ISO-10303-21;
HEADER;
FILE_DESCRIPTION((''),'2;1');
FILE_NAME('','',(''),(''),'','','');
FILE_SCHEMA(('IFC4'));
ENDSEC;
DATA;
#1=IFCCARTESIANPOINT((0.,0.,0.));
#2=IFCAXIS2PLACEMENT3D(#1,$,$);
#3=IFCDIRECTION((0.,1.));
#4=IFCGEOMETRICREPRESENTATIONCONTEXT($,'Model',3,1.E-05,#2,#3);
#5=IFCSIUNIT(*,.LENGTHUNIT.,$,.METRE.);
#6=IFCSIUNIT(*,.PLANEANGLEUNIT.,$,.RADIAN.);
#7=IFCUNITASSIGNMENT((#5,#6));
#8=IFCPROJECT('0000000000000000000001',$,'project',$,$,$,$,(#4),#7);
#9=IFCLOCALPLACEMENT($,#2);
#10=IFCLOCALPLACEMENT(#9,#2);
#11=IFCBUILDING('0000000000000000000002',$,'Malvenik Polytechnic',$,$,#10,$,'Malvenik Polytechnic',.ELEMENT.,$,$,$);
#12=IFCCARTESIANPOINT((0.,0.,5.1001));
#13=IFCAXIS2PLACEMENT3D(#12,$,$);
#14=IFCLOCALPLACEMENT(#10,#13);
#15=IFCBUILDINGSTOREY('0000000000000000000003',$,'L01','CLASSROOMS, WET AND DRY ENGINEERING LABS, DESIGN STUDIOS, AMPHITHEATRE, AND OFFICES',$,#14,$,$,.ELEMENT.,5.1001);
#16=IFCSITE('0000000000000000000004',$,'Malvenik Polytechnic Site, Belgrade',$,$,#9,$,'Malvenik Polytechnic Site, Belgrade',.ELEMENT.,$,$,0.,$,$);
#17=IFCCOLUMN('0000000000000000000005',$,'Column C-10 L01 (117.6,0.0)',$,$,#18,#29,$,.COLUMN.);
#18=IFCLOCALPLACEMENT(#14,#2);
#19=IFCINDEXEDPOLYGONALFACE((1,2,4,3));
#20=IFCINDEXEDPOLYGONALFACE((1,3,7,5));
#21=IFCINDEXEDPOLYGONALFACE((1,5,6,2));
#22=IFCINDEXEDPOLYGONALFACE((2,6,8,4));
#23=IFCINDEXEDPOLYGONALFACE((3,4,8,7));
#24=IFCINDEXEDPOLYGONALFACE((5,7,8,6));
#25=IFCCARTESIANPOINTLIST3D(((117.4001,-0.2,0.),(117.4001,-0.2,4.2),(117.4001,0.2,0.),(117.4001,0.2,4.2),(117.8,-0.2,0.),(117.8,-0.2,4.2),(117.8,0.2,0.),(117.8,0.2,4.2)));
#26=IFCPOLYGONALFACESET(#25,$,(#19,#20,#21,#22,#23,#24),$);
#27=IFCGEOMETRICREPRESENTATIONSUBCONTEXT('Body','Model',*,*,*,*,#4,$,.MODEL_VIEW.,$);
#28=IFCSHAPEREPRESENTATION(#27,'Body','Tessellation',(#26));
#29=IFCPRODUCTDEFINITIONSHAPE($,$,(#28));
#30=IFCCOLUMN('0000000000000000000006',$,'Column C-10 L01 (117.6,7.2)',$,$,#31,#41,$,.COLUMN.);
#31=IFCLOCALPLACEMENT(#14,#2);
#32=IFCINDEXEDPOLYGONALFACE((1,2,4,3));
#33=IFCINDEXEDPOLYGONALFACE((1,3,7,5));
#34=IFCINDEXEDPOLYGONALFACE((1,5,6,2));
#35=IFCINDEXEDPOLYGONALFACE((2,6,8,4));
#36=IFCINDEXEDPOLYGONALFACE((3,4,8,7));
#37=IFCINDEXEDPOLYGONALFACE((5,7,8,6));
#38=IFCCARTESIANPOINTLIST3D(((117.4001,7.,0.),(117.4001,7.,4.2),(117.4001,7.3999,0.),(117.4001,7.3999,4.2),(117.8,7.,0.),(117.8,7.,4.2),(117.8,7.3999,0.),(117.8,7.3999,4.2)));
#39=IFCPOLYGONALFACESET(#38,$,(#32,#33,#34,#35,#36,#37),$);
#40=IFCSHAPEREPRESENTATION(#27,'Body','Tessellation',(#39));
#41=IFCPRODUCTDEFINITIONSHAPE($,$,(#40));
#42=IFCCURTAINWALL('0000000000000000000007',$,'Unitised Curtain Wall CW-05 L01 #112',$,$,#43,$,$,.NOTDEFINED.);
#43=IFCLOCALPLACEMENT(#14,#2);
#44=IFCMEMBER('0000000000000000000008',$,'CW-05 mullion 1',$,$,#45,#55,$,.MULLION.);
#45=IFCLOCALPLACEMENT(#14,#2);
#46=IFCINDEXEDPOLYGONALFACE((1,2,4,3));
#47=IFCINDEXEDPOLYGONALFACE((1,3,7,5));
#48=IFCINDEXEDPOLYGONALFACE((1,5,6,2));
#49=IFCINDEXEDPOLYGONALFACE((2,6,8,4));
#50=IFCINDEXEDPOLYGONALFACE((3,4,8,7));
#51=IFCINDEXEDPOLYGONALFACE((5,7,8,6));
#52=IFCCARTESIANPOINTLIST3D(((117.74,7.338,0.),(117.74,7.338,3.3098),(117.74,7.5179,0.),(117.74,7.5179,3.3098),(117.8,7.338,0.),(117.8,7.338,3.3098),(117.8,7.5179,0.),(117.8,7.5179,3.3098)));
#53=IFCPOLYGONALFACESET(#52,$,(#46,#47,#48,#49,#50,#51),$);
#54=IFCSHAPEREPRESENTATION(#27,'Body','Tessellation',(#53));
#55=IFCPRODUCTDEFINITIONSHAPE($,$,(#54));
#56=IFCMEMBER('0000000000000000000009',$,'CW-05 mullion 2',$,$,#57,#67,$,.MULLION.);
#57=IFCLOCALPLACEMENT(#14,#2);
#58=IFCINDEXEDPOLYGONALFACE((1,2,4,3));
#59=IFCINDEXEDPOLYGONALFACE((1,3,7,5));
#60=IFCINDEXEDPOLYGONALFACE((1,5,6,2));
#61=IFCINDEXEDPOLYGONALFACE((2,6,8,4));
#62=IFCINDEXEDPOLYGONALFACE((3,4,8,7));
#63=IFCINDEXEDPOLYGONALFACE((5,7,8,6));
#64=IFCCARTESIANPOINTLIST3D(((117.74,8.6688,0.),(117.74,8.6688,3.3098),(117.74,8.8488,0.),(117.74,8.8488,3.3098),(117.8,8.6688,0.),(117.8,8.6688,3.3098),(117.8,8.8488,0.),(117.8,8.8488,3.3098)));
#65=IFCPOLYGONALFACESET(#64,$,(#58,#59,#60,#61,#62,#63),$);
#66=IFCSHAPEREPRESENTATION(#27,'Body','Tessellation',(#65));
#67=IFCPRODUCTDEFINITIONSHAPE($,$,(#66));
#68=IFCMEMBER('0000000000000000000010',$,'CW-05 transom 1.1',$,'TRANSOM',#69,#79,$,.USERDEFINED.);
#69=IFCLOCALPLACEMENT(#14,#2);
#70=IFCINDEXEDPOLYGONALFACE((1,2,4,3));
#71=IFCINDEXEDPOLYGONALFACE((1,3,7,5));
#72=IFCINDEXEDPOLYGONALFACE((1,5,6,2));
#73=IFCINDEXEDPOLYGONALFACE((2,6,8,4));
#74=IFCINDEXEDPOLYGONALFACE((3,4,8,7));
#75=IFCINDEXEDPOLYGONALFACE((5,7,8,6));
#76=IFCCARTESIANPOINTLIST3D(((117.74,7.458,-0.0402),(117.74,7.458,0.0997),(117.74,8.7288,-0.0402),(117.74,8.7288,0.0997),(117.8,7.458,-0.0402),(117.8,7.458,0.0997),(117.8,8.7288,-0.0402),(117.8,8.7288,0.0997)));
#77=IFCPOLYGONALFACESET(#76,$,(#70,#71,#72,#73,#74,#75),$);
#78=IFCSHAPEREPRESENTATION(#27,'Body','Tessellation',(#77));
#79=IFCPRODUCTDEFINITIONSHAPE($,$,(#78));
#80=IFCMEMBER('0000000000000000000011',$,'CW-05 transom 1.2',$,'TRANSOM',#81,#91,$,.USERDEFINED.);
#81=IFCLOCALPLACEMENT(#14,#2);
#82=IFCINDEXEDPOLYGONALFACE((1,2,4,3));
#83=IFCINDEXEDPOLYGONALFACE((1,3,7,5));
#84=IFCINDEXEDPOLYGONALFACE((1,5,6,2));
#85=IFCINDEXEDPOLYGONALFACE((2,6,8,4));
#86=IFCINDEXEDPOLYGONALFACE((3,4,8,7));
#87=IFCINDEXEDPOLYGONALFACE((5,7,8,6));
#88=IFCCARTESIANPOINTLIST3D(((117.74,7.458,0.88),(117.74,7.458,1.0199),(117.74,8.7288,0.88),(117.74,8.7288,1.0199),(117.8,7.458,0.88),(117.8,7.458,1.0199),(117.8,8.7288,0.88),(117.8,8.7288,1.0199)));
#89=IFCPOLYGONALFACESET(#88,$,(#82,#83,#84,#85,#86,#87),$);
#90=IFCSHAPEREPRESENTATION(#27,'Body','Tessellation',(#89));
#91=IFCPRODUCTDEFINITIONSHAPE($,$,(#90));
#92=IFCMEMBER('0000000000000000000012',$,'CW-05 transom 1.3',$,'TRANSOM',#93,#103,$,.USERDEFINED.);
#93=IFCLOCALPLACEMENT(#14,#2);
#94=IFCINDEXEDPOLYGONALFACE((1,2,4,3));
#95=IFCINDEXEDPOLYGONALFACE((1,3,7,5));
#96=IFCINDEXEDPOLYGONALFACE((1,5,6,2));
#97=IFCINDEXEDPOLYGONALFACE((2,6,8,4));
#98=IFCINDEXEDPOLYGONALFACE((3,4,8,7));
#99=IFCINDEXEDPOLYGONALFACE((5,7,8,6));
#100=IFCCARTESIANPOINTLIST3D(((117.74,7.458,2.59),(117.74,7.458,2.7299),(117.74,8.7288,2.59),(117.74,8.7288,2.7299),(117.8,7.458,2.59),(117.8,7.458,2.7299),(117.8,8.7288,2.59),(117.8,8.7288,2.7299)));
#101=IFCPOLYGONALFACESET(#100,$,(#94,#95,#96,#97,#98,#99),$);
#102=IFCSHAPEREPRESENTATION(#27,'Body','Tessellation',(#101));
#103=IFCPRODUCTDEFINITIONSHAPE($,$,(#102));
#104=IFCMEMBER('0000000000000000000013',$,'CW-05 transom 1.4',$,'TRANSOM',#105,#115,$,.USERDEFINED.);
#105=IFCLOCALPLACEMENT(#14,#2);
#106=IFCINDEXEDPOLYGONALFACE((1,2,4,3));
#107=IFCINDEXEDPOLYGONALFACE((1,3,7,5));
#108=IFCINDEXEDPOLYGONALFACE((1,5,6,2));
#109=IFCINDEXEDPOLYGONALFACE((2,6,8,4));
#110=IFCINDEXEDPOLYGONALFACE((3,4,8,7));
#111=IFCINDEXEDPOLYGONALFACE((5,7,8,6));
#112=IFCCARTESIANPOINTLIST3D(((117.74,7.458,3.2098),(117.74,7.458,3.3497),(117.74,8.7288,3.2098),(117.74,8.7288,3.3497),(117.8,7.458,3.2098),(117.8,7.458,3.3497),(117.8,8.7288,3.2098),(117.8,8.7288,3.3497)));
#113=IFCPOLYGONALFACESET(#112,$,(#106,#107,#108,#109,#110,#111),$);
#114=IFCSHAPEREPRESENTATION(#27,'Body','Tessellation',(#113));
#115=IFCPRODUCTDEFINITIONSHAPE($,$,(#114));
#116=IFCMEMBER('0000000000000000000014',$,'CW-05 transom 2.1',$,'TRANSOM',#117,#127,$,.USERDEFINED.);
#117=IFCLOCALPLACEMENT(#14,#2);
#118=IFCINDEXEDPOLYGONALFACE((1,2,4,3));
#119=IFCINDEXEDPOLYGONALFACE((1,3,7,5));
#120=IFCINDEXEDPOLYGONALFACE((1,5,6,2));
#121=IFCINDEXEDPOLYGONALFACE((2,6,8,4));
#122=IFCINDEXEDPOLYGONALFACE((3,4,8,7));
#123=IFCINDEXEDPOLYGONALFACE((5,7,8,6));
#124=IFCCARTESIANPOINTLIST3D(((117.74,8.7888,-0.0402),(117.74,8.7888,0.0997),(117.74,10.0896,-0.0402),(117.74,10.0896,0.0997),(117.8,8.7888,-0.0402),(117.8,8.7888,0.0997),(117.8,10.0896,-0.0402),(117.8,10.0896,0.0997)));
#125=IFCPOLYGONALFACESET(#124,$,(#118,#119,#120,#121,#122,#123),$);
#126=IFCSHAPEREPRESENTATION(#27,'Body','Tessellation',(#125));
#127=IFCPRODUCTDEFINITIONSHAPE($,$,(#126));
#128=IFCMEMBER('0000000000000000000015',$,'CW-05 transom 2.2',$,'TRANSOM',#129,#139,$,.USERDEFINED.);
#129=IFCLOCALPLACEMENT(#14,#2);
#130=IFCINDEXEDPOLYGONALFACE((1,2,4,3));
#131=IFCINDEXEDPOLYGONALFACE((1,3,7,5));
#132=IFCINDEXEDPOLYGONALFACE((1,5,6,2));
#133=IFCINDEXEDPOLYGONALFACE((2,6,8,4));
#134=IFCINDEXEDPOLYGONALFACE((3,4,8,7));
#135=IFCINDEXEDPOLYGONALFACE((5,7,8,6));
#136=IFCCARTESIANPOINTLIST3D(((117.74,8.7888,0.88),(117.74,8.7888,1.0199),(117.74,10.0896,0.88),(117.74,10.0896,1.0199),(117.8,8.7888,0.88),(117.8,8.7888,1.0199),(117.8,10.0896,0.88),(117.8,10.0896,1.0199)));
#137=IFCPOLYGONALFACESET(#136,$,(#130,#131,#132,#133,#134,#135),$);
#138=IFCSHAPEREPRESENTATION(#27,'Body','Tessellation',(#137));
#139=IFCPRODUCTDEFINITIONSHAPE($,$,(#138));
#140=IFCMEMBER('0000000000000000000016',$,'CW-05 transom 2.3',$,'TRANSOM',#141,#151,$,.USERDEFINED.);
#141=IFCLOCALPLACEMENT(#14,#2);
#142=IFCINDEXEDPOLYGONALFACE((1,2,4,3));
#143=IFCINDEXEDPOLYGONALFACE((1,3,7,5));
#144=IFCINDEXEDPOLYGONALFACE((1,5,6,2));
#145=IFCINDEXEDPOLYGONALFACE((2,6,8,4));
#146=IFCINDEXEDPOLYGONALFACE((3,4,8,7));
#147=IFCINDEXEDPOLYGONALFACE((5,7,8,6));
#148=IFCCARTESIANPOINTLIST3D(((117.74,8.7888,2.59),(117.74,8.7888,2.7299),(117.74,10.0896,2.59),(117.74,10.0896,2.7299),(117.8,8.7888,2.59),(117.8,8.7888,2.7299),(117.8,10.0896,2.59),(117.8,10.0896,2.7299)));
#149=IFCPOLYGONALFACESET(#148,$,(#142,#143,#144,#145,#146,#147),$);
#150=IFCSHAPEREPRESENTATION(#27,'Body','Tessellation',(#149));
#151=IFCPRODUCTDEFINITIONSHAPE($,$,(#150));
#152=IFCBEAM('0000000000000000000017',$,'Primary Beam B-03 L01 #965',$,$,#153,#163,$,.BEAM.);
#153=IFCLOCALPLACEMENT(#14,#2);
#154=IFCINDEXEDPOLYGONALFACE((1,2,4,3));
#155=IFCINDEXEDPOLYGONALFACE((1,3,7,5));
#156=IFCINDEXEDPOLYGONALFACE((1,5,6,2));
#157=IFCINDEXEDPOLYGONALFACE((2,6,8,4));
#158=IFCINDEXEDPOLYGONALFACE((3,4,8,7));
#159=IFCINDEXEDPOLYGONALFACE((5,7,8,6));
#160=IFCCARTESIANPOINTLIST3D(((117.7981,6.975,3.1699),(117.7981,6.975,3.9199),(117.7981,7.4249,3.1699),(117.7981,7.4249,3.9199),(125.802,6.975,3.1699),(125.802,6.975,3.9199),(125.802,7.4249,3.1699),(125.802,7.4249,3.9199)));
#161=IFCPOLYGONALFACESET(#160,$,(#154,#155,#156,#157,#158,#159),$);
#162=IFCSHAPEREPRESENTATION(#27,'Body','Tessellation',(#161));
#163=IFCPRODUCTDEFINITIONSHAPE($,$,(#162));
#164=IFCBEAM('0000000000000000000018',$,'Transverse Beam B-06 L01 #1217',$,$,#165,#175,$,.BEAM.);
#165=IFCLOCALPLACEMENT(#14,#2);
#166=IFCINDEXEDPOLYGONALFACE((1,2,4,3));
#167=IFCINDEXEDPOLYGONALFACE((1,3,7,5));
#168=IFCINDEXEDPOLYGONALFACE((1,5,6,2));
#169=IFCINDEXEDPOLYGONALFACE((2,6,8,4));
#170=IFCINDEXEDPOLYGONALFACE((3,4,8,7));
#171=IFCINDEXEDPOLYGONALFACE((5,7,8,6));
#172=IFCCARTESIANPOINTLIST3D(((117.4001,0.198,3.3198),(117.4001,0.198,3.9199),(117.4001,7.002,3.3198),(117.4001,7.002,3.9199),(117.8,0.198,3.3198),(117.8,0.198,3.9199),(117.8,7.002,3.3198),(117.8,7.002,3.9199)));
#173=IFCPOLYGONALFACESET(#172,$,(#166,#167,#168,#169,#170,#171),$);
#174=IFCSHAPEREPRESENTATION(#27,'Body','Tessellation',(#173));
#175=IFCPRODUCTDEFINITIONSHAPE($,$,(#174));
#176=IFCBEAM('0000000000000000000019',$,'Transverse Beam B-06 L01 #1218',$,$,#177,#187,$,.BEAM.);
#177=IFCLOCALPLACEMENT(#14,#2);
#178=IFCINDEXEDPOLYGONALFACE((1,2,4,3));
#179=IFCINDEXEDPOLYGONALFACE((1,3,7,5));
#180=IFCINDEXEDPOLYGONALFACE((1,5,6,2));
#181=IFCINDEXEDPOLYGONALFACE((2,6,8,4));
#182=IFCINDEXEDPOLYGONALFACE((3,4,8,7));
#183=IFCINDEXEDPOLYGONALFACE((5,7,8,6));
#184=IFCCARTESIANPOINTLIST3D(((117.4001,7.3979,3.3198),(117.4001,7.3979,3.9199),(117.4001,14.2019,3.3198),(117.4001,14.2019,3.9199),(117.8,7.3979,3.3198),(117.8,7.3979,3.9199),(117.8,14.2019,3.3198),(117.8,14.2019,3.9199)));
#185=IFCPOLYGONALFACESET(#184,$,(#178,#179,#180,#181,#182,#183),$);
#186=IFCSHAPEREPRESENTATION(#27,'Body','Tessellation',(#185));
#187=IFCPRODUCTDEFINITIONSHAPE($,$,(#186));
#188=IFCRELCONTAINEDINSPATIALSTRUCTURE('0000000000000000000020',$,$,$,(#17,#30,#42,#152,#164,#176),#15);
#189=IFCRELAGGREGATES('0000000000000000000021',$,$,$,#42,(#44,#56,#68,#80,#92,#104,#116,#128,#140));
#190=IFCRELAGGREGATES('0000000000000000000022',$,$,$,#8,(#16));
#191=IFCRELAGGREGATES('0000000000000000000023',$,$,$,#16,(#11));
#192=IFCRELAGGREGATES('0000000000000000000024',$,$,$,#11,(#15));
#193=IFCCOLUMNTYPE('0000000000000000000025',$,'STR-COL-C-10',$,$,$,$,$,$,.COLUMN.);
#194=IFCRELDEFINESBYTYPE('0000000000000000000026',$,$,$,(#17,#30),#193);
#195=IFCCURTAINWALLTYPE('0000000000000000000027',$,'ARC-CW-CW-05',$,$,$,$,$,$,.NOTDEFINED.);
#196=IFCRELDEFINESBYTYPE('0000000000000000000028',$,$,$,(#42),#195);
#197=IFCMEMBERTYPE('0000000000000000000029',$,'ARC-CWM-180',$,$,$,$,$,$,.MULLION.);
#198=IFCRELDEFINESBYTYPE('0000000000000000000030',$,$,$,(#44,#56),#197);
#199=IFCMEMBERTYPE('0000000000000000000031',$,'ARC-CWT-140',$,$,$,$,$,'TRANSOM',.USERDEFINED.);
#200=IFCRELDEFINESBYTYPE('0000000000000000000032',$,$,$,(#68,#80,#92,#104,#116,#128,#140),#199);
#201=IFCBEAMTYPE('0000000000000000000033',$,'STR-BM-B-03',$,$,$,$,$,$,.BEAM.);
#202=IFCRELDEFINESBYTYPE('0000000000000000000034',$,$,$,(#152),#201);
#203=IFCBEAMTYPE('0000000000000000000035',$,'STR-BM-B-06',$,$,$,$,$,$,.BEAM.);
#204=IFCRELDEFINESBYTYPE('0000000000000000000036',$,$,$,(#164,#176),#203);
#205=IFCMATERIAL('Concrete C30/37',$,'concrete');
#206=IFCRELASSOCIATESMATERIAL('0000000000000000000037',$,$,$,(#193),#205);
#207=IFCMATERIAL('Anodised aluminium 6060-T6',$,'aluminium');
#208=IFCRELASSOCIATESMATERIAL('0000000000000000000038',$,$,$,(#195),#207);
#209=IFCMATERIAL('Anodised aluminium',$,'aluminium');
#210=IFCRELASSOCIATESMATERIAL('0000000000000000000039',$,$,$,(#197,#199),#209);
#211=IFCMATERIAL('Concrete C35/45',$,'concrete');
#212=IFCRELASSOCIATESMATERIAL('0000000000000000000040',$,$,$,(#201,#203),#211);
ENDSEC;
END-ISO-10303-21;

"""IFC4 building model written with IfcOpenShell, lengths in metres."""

from ifc_helpers import new_model, si_unit, direction, frame, origin, origin_2d, place, context, subcontext, project, spatial, rectangle, extrude, material, material_profile, profile_set, type_object, element, aggregate, save


model = new_model("IFC4")

# Units and contexts
model_context = context("Model", 3, precision=1e-05, world=origin(), true_north=direction((0.0, 1.0)))
body_context = subcontext(model_context, "Body", "Model", "MODEL_VIEW")
ifc_project = project(units=[si_unit("LENGTHUNIT", "METRE"), si_unit("PLANEANGLEUNIT", "RADIAN")], contexts=[model_context])

# Site, building, storey
site_placement = place(None, origin())
site = spatial("IfcSite", under=ifc_project, at=site_placement, Name="Malvenik Polytechnic Site, Belgrade", LongName="Malvenik Polytechnic Site, Belgrade", CompositionType="ELEMENT", RefElevation=0.0)
building_placement = place(site_placement, origin())
building = spatial("IfcBuilding", under=site, at=building_placement, Name="Malvenik Polytechnic", LongName="Malvenik Polytechnic", CompositionType="ELEMENT")
storey_placement = place(building_placement, frame((0.0, 0.0, 5.1001)))
storey = spatial("IfcBuildingStorey", under=building, at=storey_placement, Name="L01", Description="CLASSROOMS, WET AND DRY ENGINEERING LABS, DESIGN STUDIOS, AMPHITHEATRE, AND OFFICES", CompositionType="ELEMENT", Elevation=5.1001)

# Columns
ifc_material_1 = material(Name="Concrete C30/37", Category="concrete")
ifc_material_profile_1 = material_profile(ifc_material_1, rectangle(XDim=0.3999, YDim=0.3999, at=origin_2d()), Name="RC COL 400x400")
ifc_profile_set_1 = profile_set([ifc_material_profile_1], Name="Concrete C30/37")
column_type = type_object("IfcColumnType", Name="STR-COL-C-10", PredefinedType="COLUMN", material=ifc_profile_set_1)
for number, where, z_axis, x_axis, name in (
    (1, (117.6001, 0.0, 0.0), (0.0, 0.0, 1.0), (1.0, 0.0, 0.0), "Column C-10 L01 (117.6,0.0)"),
    (2, (117.6001, 7.2, 0.0), (0.0, 0.0, 1.0), (1.0, 0.0, 0.0), "Column C-10 L01 (117.6,7.2)"),
):
    element("IfcColumn", number, at=place(storey_placement, frame(where, z_axis=z_axis, x_axis=x_axis)), inside=storey, type_object=column_type, Name=name, PredefinedType="COLUMN", context=body_context, shape_type="SweptSolid", body=[
        extrude(rectangle(XDim=0.3999, YDim=0.3999, at=origin_2d()), origin(), (0.0, 0.0, 1.0), 4.2),
    ])

# Curtain wall, members
ifc_material_2 = material(Name="Anodised aluminium 6060-T6", Category="aluminium")
curtain_wall_type = type_object("IfcCurtainWallType", Name="ARC-CW-CW-05", PredefinedType="NOTDEFINED", material=ifc_material_2)
curtain_wall_placement = place(storey_placement, origin())
curtain_wall = element("IfcCurtainWall", 3, at=curtain_wall_placement, inside=storey, type_object=curtain_wall_type, Name="Unitised Curtain Wall CW-05 L01 #112", PredefinedType="NOTDEFINED")
ifc_material_3 = material(Name="Anodised aluminium", Category="aluminium")
ifc_material_profile_2 = material_profile(ifc_material_3, rectangle(XDim=0.0601, YDim=0.1799, at=origin_2d()), Name="ALU MULLION 60x180")
ifc_profile_set_2 = profile_set([ifc_material_profile_2], Name="Anodised aluminium")
member_type_1 = type_object("IfcMemberType", Name="ARC-CWM-180", PredefinedType="MULLION", material=ifc_profile_set_2)
member_1_placement = place(storey_placement, frame((117.77, 7.428, 0.0), z_axis=(0.0, 0.0, 1.0), x_axis=(-1.0, 0.0, 0.0)))
member_1 = element("IfcMember", 4, at=member_1_placement, type_object=member_type_1, Name="CW-05 mullion 1", PredefinedType="MULLION", context=body_context, shape_type="SweptSolid", body=[
    extrude(rectangle(XDim=0.0601, YDim=0.1799, at=origin_2d()), origin(), (0.0, 0.0, 1.0), 3.3098),
])
member_2_placement = place(storey_placement, frame((117.77, 8.7588, 0.0), z_axis=(0.0, 0.0, 1.0), x_axis=(-1.0, 0.0, 0.0)))
member_2 = element("IfcMember", 5, at=member_2_placement, type_object=member_type_1, Name="CW-05 mullion 2", PredefinedType="MULLION", context=body_context, shape_type="SweptSolid", body=[
    extrude(rectangle(XDim=0.0601, YDim=0.1799, at=origin_2d()), origin(), (0.0, 0.0, 1.0), 3.3098),
])
ifc_material_profile_3 = material_profile(ifc_material_3, rectangle(XDim=0.0601, YDim=0.1399, at=origin_2d()), Name="ALU TRANSOM 60x140")
ifc_profile_set_3 = profile_set([ifc_material_profile_3], Name="Anodised aluminium")
member_type_2 = type_object("IfcMemberType", Name="ARC-CWT-140", ElementType="TRANSOM", PredefinedType="USERDEFINED", material=ifc_profile_set_3)
member_3_placement = place(storey_placement, frame((117.77, 7.458, 0.0298), z_axis=(0.0, 1.0, 0.0), x_axis=(-1.0, 0.0, 0.0)))
member_3 = element("IfcMember", 6, at=member_3_placement, type_object=member_type_2, Name="CW-05 transom 1.1", ObjectType="TRANSOM", PredefinedType="USERDEFINED", context=body_context, shape_type="SweptSolid", body=[
    extrude(rectangle(XDim=0.0601, YDim=0.1399, at=origin_2d()), origin(), (0.0, 0.0, 1.0), 1.2708),
])
member_4_placement = place(storey_placement, frame((117.77, 7.458, 0.95), z_axis=(0.0, 1.0, 0.0), x_axis=(-1.0, 0.0, 0.0)))
member_4 = element("IfcMember", 7, at=member_4_placement, type_object=member_type_2, Name="CW-05 transom 1.2", ObjectType="TRANSOM", PredefinedType="USERDEFINED", context=body_context, shape_type="SweptSolid", body=[
    extrude(rectangle(XDim=0.0601, YDim=0.1399, at=origin_2d()), origin(), (0.0, 0.0, 1.0), 1.2708),
])
member_5_placement = place(storey_placement, frame((117.77, 7.458, 2.6599), z_axis=(0.0, 1.0, 0.0), x_axis=(-1.0, 0.0, 0.0)))
member_5 = element("IfcMember", 8, at=member_5_placement, type_object=member_type_2, Name="CW-05 transom 1.3", ObjectType="TRANSOM", PredefinedType="USERDEFINED", context=body_context, shape_type="SweptSolid", body=[
    extrude(rectangle(XDim=0.0601, YDim=0.1399, at=origin_2d()), origin(), (0.0, 0.0, 1.0), 1.2708),
])
member_6_placement = place(storey_placement, frame((117.77, 7.458, 3.2798), z_axis=(0.0, 1.0, 0.0), x_axis=(-1.0, 0.0, 0.0)))
member_6 = element("IfcMember", 9, at=member_6_placement, type_object=member_type_2, Name="CW-05 transom 1.4", ObjectType="TRANSOM", PredefinedType="USERDEFINED", context=body_context, shape_type="SweptSolid", body=[
    extrude(rectangle(XDim=0.0601, YDim=0.1399, at=origin_2d()), origin(), (0.0, 0.0, 1.0), 1.2708),
])
member_7_placement = place(storey_placement, frame((117.77, 8.7888, 0.0298), z_axis=(0.0, 1.0, 0.0), x_axis=(-1.0, 0.0, 0.0)))
member_7 = element("IfcMember", 10, at=member_7_placement, type_object=member_type_2, Name="CW-05 transom 2.1", ObjectType="TRANSOM", PredefinedType="USERDEFINED", context=body_context, shape_type="SweptSolid", body=[
    extrude(rectangle(XDim=0.0601, YDim=0.1399, at=origin_2d()), origin(), (0.0, 0.0, 1.0), 1.3008),
])
member_8_placement = place(storey_placement, frame((117.77, 8.7888, 0.95), z_axis=(0.0, 1.0, 0.0), x_axis=(-1.0, 0.0, 0.0)))
member_8 = element("IfcMember", 11, at=member_8_placement, type_object=member_type_2, Name="CW-05 transom 2.2", ObjectType="TRANSOM", PredefinedType="USERDEFINED", context=body_context, shape_type="SweptSolid", body=[
    extrude(rectangle(XDim=0.0601, YDim=0.1399, at=origin_2d()), origin(), (0.0, 0.0, 1.0), 1.3008),
])
member_9_placement = place(storey_placement, frame((117.77, 8.7888, 2.6599), z_axis=(0.0, 1.0, 0.0), x_axis=(-1.0, 0.0, 0.0)))
member_9 = element("IfcMember", 12, at=member_9_placement, type_object=member_type_2, Name="CW-05 transom 2.3", ObjectType="TRANSOM", PredefinedType="USERDEFINED", context=body_context, shape_type="SweptSolid", body=[
    extrude(rectangle(XDim=0.0601, YDim=0.1399, at=origin_2d()), origin(), (0.0, 0.0, 1.0), 1.3008),
])

# Beams
ifc_material_4 = material(Name="Concrete C35/45", Category="concrete")
ifc_material_profile_4 = material_profile(ifc_material_4, rectangle(XDim=0.45, YDim=0.75, at=origin_2d()), Name="RC BM 450x750")
ifc_profile_set_4 = profile_set([ifc_material_profile_4], Name="Concrete C35/45")
beam_type_1 = type_object("IfcBeamType", Name="STR-BM-B-03", PredefinedType="BEAM", material=ifc_profile_set_4)
beam_1_placement = place(storey_placement, frame((117.7981, 7.2, 3.5449), z_axis=(1.0, 0.0, 0.0), x_axis=(0.0, 1.0, 0.0)))
element("IfcBeam", 13, at=beam_1_placement, inside=storey, type_object=beam_type_1, Name="Primary Beam B-03 L01 #965", PredefinedType="BEAM", context=body_context, shape_type="SweptSolid", body=[
    extrude(rectangle(XDim=0.45, YDim=0.75, at=origin_2d()), origin(), (0.0, 0.0, 1.0), 8.0039),
])
ifc_material_profile_5 = material_profile(ifc_material_4, rectangle(XDim=0.3999, YDim=0.6001, at=origin_2d()), Name="RC BM 400x600")
ifc_profile_set_5 = profile_set([ifc_material_profile_5], Name="Concrete C35/45")
beam_type_2 = type_object("IfcBeamType", Name="STR-BM-B-06", PredefinedType="BEAM", material=ifc_profile_set_5)
for number, where, z_axis, x_axis, name in (
    (14, (117.6001, 0.198, 3.6199), (0.0, 1.0, 0.0), (-1.0, 0.0, 0.0), "Transverse Beam B-06 L01 #1217"),
    (15, (117.6001, 7.3979, 3.6199), (0.0, 1.0, 0.0), (-1.0, 0.0, 0.0), "Transverse Beam B-06 L01 #1218"),
):
    element("IfcBeam", number, at=place(storey_placement, frame(where, z_axis=z_axis, x_axis=x_axis)), inside=storey, type_object=beam_type_2, Name=name, PredefinedType="BEAM", context=body_context, shape_type="SweptSolid", body=[
        extrude(rectangle(XDim=0.3999, YDim=0.6001, at=origin_2d()), origin(), (0.0, 0.0, 1.0), 6.804),
    ])

aggregate(curtain_wall, [member_1, member_2, member_3, member_4, member_5, member_6, member_7, member_8, member_9])

save(model, "model.ifc")
